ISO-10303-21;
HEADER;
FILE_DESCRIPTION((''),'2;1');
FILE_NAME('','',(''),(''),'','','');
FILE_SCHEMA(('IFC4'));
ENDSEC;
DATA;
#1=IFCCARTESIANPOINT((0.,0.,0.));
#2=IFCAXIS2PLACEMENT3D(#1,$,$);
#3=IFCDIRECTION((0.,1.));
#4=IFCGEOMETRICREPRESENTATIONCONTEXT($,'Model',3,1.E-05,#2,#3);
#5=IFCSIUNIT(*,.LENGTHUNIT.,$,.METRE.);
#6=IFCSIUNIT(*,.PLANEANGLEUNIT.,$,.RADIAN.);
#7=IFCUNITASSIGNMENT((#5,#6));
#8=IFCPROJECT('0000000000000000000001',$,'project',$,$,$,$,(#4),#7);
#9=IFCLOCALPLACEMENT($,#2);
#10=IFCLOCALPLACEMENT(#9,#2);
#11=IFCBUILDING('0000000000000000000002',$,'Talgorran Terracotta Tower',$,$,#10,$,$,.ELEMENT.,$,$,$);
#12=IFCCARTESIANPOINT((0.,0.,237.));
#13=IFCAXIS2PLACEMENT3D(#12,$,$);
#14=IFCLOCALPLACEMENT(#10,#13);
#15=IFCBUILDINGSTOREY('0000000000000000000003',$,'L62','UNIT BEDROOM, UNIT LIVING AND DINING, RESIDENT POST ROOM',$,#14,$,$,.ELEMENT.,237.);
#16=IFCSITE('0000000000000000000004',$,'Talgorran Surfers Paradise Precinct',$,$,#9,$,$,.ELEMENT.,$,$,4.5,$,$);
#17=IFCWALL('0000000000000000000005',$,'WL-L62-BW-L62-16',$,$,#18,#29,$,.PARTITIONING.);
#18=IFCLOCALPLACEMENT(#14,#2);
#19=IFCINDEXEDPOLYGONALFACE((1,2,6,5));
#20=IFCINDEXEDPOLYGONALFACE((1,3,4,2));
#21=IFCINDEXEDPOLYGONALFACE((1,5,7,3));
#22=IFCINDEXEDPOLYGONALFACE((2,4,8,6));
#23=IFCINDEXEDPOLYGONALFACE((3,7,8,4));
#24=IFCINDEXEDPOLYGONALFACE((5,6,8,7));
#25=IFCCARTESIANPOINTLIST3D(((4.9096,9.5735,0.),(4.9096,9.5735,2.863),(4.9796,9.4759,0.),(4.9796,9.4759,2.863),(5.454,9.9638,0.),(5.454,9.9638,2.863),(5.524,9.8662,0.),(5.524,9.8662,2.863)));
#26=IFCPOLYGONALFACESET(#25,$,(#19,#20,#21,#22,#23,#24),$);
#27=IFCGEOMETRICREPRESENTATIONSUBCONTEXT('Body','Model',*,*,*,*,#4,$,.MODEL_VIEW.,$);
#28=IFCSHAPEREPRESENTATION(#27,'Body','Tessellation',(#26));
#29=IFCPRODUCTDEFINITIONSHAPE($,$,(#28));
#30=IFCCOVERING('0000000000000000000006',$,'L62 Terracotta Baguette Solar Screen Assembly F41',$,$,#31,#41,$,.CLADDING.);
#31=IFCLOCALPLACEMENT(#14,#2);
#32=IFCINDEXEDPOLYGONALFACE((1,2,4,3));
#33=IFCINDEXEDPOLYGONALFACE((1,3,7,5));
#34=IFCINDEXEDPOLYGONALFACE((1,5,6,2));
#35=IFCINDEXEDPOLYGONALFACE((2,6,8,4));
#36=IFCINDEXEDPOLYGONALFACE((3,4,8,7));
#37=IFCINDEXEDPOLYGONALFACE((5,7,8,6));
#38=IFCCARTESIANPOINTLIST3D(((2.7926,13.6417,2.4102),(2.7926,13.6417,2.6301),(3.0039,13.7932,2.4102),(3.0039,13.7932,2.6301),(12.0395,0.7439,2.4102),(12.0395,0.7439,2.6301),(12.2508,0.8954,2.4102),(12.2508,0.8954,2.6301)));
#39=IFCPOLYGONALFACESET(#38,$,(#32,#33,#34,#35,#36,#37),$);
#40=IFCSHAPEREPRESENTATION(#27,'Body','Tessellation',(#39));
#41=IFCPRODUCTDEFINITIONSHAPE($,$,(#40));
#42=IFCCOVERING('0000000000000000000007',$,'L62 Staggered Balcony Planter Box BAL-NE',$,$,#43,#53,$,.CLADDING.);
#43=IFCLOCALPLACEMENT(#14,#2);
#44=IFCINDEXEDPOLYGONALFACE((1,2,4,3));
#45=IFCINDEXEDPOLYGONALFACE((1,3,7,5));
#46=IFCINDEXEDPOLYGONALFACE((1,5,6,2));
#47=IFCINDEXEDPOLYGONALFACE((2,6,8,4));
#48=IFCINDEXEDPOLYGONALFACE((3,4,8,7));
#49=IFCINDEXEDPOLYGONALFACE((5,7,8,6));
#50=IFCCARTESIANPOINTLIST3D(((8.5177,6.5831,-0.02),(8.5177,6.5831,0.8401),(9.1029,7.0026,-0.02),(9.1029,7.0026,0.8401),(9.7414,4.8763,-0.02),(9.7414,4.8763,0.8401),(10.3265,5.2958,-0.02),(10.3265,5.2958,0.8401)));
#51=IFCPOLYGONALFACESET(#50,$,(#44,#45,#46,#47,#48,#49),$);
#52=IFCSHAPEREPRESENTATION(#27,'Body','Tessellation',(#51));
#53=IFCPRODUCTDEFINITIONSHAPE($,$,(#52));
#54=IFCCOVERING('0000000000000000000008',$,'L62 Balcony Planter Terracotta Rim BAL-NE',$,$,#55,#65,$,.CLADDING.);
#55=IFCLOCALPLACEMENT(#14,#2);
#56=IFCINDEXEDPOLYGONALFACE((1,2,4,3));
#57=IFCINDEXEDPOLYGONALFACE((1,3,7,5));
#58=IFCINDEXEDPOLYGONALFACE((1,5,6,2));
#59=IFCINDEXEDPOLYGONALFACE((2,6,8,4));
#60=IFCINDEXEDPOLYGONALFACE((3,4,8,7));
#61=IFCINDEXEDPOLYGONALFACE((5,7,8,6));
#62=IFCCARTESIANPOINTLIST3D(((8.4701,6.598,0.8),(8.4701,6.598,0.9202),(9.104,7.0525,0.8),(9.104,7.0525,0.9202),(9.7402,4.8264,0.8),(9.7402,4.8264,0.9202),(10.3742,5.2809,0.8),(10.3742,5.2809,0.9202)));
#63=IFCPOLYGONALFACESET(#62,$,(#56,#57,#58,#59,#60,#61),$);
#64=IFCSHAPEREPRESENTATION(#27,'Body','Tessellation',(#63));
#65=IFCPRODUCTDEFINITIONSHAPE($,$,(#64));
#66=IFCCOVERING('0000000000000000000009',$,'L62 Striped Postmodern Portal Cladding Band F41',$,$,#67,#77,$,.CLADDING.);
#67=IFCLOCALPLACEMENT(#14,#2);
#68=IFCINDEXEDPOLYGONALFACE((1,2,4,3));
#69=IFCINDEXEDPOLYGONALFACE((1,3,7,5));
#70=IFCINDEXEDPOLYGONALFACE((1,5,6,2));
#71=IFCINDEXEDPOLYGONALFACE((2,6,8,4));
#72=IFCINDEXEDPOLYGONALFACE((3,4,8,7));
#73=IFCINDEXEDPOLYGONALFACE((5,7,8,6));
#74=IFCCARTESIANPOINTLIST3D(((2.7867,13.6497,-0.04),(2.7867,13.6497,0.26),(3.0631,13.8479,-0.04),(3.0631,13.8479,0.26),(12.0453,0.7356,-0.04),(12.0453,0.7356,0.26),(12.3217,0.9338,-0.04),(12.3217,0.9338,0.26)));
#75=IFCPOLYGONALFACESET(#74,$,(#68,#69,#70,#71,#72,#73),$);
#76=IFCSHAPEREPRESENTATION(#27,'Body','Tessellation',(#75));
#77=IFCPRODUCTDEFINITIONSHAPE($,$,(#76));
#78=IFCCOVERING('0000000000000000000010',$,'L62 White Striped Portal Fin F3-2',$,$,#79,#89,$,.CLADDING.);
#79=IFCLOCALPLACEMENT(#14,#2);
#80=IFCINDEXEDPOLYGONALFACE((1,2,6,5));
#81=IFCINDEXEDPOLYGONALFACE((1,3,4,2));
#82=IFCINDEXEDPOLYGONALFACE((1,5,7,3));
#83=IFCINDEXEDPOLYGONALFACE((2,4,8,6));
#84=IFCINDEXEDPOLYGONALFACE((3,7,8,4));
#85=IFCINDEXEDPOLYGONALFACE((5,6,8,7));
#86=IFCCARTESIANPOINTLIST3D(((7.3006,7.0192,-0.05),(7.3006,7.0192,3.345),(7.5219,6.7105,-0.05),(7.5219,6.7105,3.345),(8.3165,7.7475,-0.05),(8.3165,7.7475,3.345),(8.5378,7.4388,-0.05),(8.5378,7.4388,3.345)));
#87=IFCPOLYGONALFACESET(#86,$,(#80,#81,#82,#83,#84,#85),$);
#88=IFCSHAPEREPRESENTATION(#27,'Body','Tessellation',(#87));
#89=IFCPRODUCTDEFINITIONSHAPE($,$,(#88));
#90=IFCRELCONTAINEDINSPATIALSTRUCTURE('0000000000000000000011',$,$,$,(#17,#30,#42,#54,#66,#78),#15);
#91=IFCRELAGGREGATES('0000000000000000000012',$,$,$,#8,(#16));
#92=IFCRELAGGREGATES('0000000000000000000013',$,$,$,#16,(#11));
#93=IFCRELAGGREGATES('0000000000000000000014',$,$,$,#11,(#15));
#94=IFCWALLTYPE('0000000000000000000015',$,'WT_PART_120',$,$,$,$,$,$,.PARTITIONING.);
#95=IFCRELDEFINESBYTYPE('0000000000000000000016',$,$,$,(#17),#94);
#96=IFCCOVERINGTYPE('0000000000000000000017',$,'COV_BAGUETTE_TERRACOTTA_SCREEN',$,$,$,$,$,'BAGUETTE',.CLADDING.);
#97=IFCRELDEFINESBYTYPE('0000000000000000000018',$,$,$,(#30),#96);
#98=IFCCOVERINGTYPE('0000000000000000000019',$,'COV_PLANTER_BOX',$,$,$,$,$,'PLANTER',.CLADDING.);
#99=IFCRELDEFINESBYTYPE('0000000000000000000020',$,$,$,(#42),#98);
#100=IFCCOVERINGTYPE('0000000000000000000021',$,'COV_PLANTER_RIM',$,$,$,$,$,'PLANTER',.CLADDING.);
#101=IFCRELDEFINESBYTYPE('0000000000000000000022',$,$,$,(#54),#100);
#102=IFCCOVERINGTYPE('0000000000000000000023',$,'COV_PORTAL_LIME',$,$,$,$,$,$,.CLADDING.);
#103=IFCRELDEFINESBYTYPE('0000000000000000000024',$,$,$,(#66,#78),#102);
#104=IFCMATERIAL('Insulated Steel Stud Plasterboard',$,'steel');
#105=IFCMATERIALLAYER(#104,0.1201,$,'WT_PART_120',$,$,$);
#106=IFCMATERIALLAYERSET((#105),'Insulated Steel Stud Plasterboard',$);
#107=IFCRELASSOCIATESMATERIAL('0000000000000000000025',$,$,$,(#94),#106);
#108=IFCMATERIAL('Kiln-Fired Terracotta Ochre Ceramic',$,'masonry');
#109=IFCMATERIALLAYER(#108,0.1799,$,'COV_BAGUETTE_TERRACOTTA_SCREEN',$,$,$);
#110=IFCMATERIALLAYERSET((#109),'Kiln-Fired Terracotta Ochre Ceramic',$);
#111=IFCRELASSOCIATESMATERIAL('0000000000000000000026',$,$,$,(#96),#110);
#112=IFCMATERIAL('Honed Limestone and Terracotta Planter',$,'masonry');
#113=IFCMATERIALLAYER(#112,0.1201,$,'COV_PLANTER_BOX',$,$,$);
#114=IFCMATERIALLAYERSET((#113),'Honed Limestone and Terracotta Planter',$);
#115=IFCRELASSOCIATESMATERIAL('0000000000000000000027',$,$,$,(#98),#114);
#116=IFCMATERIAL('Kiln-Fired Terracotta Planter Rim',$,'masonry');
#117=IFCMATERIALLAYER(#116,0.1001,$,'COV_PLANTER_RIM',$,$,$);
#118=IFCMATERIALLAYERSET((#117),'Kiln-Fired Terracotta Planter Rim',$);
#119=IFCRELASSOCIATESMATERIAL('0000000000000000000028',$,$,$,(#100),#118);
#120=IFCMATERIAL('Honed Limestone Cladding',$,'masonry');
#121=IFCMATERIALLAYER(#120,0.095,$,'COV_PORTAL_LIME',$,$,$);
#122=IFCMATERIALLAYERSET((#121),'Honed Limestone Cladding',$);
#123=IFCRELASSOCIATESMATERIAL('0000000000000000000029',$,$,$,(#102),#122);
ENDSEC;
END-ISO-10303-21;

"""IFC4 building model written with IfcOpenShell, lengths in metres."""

from ifc_helpers import new_model, si_unit, direction, frame, frame_2d, origin, origin_2d, place, context, subcontext, project, spatial, rectangle, extrude, material, layer, layer_set, type_object, element, save


model = new_model("IFC4")

# Units and contexts
model_context = context("Model", 3, precision=1e-05, world=origin(), true_north=direction((0.0, 1.0)))
body_context = subcontext(model_context, "Body", "Model", "MODEL_VIEW")
ifc_project = project(units=[si_unit("LENGTHUNIT", "METRE"), si_unit("PLANEANGLEUNIT", "RADIAN")], contexts=[model_context])

# Site, building, storey
site_placement = place(None, origin())
site = spatial("IfcSite", under=ifc_project, at=site_placement, Name="Talgorran Surfers Paradise Precinct", CompositionType="ELEMENT", RefElevation=4.5)
building_placement = place(site_placement, origin())
building = spatial("IfcBuilding", under=site, at=building_placement, Name="Talgorran Terracotta Tower", CompositionType="ELEMENT")
storey_placement = place(building_placement, frame((0.0, 0.0, 237.0)))
storey = spatial("IfcBuildingStorey", under=building, at=storey_placement, Name="L62", Description="UNIT BEDROOM, UNIT LIVING AND DINING, RESIDENT POST ROOM", CompositionType="ELEMENT", Elevation=237.0)

# Shared definitions
ifc_material_1 = material(Name="Insulated Steel Stud Plasterboard", Category="steel")
ifc_layer_1 = layer(ifc_material_1, 0.1201, Name="WT_PART_120")
ifc_layer_set_1 = layer_set([ifc_layer_1], Name="Insulated Steel Stud Plasterboard")
wall_type = type_object("IfcWallType", Name="WT_PART_120", PredefinedType="PARTITIONING", material=ifc_layer_set_1)

# Wall
wall_1_placement = place(storey_placement, frame((5.489, 9.915, 0.0), z_axis=(0.0, 0.0, 1.0), x_axis=(-0.812673, -0.58272, 0.0)))
element("IfcWall", 1, at=wall_1_placement, inside=storey, type_object=wall_type, Name="WL-L62-BW-L62-16", PredefinedType="PARTITIONING", context=body_context, shape_type="SweptSolid", body=[
    extrude(rectangle(XDim=0.6699, YDim=0.1201, at=frame_2d((0.335, 0.0))), origin(), (0.0, 0.0, 1.0), 2.863),
])

# Coverings
ifc_material_2 = material(Name="Kiln-Fired Terracotta Ochre Ceramic", Category="masonry")
ifc_layer_2 = layer(ifc_material_2, 0.1799, Name="COV_BAGUETTE_TERRACOTTA_SCREEN")
ifc_layer_set_2 = layer_set([ifc_layer_2], Name="Kiln-Fired Terracotta Ochre Ceramic")
covering_type_1 = type_object("IfcCoveringType", Name="COV_BAGUETTE_TERRACOTTA_SCREEN", ElementType="BAGUETTE", PredefinedType="CLADDING", material=ifc_layer_set_2)
covering_1_placement = place(storey_placement, frame((7.5217, 7.2686, 2.4102), z_axis=(0.0, 0.0, 1.0), x_axis=(-0.582662, 0.812715, 0.0)))
element("IfcCovering", 2, at=covering_1_placement, inside=storey, type_object=covering_type_1, Name="L62 Terracotta Baguette Solar Screen Assembly F41", PredefinedType="CLADDING", context=body_context, shape_type="SweptSolid", body=[
    extrude(rectangle(XDim=15.8701, YDim=0.26, at=origin_2d()), origin(), (0.0, 0.0, 1.0), 0.22),
])
ifc_material_3 = material(Name="Honed Limestone and Terracotta Planter", Category="masonry")
ifc_layer_3 = layer(ifc_material_3, 0.1201, Name="COV_PLANTER_BOX")
ifc_layer_set_3 = layer_set([ifc_layer_3], Name="Honed Limestone and Terracotta Planter")
covering_type_2 = type_object("IfcCoveringType", Name="COV_PLANTER_BOX", ElementType="PLANTER", PredefinedType="CLADDING", material=ifc_layer_set_3)
covering_2_placement = place(storey_placement, frame((9.4221, 5.9395, -0.02), z_axis=(0.0, 0.0, 1.0), x_axis=(-0.582662, 0.812715, 0.0)))
element("IfcCovering", 3, at=covering_2_placement, inside=storey, type_object=covering_type_2, Name="L62 Staggered Balcony Planter Box BAL-NE", PredefinedType="CLADDING", context=body_context, shape_type="SweptSolid", body=[
    extrude(rectangle(XDim=2.1001, YDim=0.72, at=origin_2d()), origin(), (0.0, 0.0, 1.0), 0.8601),
])
ifc_material_4 = material(Name="Kiln-Fired Terracotta Planter Rim", Category="masonry")
ifc_layer_4 = layer(ifc_material_4, 0.1001, Name="COV_PLANTER_RIM")
ifc_layer_set_4 = layer_set([ifc_layer_4], Name="Kiln-Fired Terracotta Planter Rim")
covering_type_3 = type_object("IfcCoveringType", Name="COV_PLANTER_RIM", ElementType="PLANTER", PredefinedType="CLADDING", material=ifc_layer_set_4)
covering_3_placement = place(storey_placement, frame((9.4221, 5.9395, 0.8), z_axis=(0.0, 0.0, 1.0), x_axis=(-0.582662, 0.812715, 0.0)))
element("IfcCovering", 4, at=covering_3_placement, inside=storey, type_object=covering_type_3, Name="L62 Balcony Planter Terracotta Rim BAL-NE", PredefinedType="CLADDING", context=body_context, shape_type="SweptSolid", body=[
    extrude(rectangle(XDim=2.1799, YDim=0.78, at=origin_2d()), origin(), (0.0, 0.0, 1.0), 0.1201),
])
ifc_material_5 = material(Name="Honed Limestone Cladding", Category="masonry")
ifc_layer_5 = layer(ifc_material_5, 0.095, Name="COV_PORTAL_LIME")
ifc_layer_set_5 = layer_set([ifc_layer_5], Name="Honed Limestone Cladding")
covering_type_4 = type_object("IfcCoveringType", Name="COV_PORTAL_LIME", PredefinedType="CLADDING", material=ifc_layer_set_5)
covering_4_placement = place(storey_placement, frame((7.5542, 7.2917, -0.04), z_axis=(0.0, 0.0, 1.0), x_axis=(-0.582662, 0.812715, 0.0)))
element("IfcCovering", 5, at=covering_4_placement, inside=storey, type_object=covering_type_4, Name="L62 Striped Postmodern Portal Cladding Band F41", PredefinedType="CLADDING", context=body_context, shape_type="SweptSolid", body=[
    extrude(rectangle(XDim=15.8901, YDim=0.3401, at=origin_2d()), origin(), (0.0, 0.0, 1.0), 0.3),
])
covering_5_placement = place(storey_placement, frame((7.9192, 7.229, -0.05), z_axis=(0.0, 0.0, 1.0), x_axis=(-0.582662, 0.812715, 0.0)))
element("IfcCovering", 6, at=covering_5_placement, inside=storey, type_object=covering_type_4, Name="L62 White Striped Portal Fin F3-2", PredefinedType="CLADDING", context=body_context, shape_type="SweptSolid", body=[
    extrude(rectangle(XDim=0.3799, YDim=1.25, at=origin_2d()), origin(), (0.0, 0.0, 1.0), 3.395),
])

save(model, "model.ifc")
